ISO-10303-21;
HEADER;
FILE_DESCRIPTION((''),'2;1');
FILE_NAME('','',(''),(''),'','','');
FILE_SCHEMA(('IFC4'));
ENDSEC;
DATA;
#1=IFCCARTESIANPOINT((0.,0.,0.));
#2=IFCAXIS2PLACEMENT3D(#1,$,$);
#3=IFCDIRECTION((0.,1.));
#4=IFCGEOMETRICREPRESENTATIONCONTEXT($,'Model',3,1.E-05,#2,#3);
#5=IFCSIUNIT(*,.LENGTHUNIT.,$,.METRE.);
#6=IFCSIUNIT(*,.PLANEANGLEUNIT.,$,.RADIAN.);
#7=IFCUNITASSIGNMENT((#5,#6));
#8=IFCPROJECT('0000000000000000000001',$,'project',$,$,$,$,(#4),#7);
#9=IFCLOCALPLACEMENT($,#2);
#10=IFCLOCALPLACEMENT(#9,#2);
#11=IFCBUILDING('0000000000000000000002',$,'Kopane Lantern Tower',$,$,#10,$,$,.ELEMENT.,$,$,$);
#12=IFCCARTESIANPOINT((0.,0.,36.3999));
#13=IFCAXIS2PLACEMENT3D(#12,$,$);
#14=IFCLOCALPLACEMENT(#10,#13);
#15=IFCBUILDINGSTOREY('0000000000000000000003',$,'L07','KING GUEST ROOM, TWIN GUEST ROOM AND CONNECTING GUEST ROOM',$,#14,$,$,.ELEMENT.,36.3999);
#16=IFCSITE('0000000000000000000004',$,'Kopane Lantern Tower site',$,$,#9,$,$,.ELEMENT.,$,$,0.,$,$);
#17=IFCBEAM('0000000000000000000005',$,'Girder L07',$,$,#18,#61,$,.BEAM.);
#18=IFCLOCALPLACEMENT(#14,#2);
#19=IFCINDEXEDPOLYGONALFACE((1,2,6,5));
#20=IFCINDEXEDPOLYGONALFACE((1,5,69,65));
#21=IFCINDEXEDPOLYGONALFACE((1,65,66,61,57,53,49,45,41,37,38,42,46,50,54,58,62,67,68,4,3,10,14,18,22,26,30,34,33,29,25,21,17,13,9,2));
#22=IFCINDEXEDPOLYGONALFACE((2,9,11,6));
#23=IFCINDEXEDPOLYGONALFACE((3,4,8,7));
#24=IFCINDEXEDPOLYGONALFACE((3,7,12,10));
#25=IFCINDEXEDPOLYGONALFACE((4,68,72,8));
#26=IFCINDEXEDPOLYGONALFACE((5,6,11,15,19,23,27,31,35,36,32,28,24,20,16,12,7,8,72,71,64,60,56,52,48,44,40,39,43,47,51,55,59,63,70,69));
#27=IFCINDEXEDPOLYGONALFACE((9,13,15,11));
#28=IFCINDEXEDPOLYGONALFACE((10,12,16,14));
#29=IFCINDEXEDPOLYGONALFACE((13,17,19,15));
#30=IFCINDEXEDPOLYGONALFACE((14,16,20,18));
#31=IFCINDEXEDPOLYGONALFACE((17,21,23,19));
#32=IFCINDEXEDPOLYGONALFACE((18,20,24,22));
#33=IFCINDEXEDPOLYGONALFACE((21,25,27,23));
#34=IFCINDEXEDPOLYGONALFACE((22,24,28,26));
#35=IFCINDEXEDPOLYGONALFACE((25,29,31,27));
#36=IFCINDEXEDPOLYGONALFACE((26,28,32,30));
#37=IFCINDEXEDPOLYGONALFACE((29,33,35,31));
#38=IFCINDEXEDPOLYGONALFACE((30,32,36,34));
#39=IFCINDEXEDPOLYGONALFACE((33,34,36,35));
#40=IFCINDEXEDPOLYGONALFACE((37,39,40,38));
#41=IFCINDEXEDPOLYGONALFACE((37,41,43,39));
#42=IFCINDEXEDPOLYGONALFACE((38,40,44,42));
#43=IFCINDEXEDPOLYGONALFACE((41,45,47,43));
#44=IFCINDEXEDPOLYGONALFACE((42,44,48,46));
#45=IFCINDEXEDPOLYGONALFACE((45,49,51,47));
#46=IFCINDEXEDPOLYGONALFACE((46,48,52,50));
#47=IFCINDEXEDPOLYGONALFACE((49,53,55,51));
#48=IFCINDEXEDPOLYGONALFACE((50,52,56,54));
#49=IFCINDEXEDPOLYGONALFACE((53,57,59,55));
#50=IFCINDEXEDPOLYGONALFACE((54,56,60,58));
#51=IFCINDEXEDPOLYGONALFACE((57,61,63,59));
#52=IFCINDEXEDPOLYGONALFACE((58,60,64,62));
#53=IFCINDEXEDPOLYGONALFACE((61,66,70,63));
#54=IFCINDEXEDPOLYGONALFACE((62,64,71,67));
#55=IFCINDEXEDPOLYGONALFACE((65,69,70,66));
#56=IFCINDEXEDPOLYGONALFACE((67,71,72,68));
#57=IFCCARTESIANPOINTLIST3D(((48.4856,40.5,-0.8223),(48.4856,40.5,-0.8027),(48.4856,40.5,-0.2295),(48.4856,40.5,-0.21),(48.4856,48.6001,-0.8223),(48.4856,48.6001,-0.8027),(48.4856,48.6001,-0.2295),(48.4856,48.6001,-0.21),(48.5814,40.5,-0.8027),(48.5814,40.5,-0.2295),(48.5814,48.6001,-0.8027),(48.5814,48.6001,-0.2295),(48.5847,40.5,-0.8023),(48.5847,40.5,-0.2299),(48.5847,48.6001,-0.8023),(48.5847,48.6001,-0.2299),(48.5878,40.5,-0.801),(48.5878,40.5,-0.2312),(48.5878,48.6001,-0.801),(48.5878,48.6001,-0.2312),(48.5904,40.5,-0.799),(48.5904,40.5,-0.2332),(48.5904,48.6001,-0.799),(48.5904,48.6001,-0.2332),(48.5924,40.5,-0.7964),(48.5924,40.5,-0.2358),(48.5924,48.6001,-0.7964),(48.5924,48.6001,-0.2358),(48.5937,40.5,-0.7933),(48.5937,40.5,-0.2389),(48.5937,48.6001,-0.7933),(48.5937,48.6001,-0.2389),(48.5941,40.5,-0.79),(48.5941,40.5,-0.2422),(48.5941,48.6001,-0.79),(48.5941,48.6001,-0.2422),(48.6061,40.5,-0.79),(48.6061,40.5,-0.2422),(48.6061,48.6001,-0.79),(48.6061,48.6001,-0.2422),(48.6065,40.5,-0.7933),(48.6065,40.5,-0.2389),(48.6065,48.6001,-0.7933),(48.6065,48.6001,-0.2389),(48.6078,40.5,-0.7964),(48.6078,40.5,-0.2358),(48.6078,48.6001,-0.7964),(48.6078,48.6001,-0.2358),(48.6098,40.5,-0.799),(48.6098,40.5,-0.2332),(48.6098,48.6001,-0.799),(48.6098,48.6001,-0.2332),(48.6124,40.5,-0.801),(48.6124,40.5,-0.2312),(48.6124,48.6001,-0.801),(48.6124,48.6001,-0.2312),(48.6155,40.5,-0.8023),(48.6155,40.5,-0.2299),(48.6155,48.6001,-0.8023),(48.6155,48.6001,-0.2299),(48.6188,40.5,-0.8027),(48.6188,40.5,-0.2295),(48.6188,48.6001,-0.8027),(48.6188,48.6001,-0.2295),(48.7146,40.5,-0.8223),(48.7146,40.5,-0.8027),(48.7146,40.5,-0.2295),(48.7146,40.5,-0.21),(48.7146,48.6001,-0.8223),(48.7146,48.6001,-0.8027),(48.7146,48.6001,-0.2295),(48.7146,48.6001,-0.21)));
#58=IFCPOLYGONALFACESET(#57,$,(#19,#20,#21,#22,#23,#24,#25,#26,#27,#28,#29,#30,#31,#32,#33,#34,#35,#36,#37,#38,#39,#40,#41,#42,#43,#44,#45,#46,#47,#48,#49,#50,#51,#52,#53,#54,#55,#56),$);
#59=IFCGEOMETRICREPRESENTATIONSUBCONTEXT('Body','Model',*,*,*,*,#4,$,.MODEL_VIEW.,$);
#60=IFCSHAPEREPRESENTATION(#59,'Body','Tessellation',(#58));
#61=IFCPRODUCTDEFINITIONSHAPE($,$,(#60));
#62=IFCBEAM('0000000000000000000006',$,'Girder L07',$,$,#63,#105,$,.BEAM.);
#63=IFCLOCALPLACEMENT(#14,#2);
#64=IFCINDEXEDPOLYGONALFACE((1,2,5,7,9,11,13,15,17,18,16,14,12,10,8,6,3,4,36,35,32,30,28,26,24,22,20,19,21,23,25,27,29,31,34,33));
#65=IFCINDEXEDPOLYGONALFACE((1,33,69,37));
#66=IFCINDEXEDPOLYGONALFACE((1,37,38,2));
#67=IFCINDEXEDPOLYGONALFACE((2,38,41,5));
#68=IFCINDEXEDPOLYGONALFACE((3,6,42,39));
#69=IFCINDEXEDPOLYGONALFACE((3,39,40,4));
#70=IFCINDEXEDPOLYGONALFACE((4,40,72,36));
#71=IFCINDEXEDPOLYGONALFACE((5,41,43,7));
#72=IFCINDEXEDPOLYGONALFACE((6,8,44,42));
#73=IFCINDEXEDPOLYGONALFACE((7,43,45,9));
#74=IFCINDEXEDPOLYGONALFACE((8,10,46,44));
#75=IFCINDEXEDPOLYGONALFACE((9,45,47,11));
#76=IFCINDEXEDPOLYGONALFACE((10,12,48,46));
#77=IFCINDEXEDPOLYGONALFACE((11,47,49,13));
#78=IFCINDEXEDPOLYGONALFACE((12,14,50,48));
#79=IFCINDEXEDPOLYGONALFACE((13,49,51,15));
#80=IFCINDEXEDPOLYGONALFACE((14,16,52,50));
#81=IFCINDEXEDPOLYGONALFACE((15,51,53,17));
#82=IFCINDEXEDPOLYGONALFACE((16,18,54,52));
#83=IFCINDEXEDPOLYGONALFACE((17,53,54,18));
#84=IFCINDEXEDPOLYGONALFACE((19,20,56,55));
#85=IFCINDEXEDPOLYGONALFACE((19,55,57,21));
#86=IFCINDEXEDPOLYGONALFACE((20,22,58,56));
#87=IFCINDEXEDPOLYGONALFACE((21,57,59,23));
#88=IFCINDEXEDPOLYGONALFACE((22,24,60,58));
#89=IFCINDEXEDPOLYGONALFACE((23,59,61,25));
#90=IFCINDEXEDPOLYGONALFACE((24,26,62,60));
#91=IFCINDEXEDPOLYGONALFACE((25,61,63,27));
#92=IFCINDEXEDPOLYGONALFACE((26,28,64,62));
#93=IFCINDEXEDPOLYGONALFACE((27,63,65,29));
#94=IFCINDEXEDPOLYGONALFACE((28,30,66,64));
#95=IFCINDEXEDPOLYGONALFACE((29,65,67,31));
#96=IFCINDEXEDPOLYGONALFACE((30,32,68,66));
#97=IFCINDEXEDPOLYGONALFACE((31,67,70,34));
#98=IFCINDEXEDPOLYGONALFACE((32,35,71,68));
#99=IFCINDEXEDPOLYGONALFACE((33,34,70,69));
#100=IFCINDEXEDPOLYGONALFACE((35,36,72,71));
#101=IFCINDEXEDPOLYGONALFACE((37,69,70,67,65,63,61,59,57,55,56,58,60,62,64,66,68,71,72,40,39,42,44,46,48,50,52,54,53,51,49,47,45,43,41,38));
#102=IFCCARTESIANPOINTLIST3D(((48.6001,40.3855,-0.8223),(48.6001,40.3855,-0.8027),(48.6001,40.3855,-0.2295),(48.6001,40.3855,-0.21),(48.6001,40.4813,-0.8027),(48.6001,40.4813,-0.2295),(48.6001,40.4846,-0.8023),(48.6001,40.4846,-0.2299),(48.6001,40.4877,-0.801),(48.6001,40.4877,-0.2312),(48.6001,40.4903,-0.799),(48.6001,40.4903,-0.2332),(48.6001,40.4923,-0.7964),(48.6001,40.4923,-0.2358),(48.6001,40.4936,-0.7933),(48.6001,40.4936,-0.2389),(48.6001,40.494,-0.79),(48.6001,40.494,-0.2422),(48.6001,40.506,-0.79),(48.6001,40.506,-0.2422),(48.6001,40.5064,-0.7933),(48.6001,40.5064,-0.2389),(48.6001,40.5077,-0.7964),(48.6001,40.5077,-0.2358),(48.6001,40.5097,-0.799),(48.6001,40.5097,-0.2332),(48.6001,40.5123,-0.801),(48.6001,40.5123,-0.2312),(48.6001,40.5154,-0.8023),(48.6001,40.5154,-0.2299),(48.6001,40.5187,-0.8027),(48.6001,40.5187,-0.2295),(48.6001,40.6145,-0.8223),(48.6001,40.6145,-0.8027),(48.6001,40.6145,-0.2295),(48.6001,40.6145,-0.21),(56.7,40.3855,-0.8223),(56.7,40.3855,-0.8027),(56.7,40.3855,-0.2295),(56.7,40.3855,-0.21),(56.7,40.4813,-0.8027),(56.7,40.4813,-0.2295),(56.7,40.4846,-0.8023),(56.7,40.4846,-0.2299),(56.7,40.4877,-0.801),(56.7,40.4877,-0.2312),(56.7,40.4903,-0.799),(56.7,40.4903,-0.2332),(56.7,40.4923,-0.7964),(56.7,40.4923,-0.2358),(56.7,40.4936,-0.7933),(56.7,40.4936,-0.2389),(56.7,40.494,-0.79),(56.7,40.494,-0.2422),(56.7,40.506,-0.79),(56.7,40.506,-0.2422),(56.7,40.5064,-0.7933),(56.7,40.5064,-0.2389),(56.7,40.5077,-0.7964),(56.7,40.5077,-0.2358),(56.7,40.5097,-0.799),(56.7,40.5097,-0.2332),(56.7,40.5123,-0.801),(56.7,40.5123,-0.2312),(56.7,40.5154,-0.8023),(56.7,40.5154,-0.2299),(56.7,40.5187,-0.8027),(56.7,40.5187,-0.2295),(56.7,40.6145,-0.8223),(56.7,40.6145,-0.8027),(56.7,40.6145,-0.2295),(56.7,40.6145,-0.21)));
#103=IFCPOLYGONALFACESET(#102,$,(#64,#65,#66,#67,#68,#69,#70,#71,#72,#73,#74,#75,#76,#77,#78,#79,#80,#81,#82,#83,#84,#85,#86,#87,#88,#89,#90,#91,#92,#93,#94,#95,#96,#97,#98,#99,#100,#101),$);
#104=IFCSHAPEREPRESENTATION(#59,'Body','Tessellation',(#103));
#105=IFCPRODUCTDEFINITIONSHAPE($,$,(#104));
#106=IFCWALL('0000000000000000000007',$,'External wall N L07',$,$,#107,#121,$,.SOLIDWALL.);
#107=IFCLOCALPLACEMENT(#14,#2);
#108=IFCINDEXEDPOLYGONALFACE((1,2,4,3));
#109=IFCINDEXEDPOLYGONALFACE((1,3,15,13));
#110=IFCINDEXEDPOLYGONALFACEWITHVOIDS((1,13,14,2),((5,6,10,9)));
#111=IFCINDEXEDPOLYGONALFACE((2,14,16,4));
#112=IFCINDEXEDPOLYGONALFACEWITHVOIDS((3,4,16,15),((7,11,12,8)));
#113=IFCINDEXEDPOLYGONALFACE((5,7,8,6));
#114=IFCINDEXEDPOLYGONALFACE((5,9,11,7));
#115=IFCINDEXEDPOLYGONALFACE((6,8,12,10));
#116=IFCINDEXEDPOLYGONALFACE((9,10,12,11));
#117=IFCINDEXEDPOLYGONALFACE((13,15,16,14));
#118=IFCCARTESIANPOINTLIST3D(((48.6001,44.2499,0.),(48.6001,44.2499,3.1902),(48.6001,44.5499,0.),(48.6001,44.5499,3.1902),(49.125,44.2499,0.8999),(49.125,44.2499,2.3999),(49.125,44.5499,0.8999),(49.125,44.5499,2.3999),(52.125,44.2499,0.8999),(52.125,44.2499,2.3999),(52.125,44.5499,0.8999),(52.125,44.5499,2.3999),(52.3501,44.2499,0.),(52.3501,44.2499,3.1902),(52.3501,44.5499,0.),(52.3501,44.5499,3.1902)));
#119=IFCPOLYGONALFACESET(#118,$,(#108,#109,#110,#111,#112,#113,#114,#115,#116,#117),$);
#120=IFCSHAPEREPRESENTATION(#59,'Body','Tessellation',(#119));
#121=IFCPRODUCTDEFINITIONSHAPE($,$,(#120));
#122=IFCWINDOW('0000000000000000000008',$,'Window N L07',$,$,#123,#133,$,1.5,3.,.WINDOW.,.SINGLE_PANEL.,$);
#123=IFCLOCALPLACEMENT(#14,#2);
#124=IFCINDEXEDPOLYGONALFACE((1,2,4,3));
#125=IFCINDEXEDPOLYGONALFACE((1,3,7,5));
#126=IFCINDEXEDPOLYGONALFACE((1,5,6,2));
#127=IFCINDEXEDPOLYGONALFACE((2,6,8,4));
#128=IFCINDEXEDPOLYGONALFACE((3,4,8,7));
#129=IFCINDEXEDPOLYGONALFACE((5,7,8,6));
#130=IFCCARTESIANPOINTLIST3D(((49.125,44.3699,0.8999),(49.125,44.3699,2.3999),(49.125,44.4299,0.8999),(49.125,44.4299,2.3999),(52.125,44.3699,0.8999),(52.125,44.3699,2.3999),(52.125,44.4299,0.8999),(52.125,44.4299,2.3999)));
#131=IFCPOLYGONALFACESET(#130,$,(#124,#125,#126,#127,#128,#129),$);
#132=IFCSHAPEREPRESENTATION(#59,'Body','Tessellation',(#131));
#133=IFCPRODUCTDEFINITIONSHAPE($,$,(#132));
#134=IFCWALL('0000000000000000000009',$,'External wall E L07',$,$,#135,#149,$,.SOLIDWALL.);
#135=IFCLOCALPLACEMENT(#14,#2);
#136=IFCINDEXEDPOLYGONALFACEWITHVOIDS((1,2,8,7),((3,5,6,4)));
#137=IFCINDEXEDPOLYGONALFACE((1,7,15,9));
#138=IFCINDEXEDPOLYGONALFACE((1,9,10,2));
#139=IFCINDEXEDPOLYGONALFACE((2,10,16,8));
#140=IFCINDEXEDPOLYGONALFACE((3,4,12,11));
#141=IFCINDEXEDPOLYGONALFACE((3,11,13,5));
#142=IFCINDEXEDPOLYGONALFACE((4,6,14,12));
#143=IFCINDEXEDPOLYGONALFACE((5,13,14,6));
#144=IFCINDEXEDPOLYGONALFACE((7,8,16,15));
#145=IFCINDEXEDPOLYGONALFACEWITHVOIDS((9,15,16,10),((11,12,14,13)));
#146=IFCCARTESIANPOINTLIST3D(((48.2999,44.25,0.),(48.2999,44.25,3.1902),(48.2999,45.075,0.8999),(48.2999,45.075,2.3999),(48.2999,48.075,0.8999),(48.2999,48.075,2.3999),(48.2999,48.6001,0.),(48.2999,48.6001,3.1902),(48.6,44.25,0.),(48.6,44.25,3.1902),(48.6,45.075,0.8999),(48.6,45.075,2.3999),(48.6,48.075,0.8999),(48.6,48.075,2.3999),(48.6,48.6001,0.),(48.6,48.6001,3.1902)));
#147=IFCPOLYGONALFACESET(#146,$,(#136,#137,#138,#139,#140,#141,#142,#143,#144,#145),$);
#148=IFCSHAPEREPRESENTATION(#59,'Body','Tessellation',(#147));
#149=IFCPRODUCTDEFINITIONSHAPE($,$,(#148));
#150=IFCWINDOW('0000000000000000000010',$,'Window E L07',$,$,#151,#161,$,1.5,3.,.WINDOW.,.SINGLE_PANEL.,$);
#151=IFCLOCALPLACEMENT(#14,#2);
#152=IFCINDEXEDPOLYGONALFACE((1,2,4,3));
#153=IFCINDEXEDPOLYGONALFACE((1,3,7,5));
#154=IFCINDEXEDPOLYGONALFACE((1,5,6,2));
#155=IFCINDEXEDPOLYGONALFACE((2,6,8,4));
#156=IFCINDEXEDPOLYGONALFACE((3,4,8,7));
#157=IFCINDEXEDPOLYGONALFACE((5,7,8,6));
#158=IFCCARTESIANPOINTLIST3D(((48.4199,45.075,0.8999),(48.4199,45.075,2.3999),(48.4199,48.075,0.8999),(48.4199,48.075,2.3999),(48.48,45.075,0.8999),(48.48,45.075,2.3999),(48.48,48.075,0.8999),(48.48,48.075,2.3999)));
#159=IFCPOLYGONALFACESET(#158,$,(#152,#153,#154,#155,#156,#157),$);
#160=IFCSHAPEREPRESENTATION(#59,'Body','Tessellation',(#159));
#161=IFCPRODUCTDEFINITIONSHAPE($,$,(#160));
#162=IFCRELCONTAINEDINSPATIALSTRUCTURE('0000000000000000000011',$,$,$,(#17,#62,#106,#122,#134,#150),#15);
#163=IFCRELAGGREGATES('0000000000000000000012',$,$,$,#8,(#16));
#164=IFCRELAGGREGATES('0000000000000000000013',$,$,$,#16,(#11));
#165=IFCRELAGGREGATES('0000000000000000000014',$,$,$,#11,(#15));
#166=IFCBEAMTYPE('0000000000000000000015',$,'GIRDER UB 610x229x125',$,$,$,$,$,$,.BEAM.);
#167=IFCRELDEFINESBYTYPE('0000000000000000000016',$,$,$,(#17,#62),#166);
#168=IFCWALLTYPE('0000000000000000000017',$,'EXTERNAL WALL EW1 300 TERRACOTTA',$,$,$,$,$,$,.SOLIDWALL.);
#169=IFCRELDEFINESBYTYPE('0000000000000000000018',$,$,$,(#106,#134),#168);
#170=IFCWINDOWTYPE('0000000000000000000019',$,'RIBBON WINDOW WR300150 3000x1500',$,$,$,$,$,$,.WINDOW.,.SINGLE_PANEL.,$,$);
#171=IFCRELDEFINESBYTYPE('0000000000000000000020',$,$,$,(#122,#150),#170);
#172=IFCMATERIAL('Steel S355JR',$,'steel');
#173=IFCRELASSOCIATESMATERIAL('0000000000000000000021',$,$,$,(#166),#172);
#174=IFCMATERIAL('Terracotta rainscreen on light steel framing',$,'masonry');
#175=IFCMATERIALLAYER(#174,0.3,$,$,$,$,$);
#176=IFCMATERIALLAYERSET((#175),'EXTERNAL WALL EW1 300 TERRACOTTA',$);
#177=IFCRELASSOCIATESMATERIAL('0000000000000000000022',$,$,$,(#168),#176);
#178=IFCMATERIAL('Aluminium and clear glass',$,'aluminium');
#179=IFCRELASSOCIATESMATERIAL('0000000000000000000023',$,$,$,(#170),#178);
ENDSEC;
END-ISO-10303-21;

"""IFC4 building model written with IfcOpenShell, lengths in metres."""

from ifc_helpers import new_model, si_unit, direction, frame, frame_2d, origin, origin_2d, place, context, subcontext, project, spatial, rectangle, i_section, extrude, material, layer, layer_set, material_profile, profile_set, type_object, element, fill, save


model = new_model("IFC4")

# Units and contexts
model_context = context("Model", 3, precision=1e-05, world=origin(), true_north=direction((0.0, 1.0)))
body_context = subcontext(model_context, "Body", "Model", "MODEL_VIEW")
ifc_project = project(units=[si_unit("LENGTHUNIT", "METRE"), si_unit("PLANEANGLEUNIT", "RADIAN")], contexts=[model_context])

# Site, building, storey
site_placement = place(None, origin())
site = spatial("IfcSite", under=ifc_project, at=site_placement, Name="Kopane Lantern Tower site", CompositionType="ELEMENT", RefElevation=0.0)
building_placement = place(site_placement, origin())
building = spatial("IfcBuilding", under=site, at=building_placement, Name="Kopane Lantern Tower", CompositionType="ELEMENT")
storey_placement = place(building_placement, frame((0.0, 0.0, 36.3999)))
storey = spatial("IfcBuildingStorey", under=building, at=storey_placement, Name="L07", Description="KING GUEST ROOM, TWIN GUEST ROOM AND CONNECTING GUEST ROOM", CompositionType="ELEMENT", Elevation=36.3999)

# Beams
ifc_material_1 = material(Name="Steel S355JR", Category="steel")
ifc_material_profile_1 = material_profile(ifc_material_1, i_section(OverallWidth=0.229, OverallDepth=0.6123, WebThickness=0.012, FlangeThickness=0.0195, FilletRadius=0.0127, at=origin_2d()), Name="UB 610x229x125")
ifc_profile_set_1 = profile_set([ifc_material_profile_1], Name="Steel S355JR")
beam_type_1 = type_object("IfcBeamType", Name="GIRDER UB 610x229x125", PredefinedType="BEAM", material=ifc_profile_set_1)
beam_1_placement = place(storey_placement, frame((48.6001, 40.5, -0.5161), z_axis=(0.0, 1.0, 0.0), x_axis=(-1.0, 0.0, 0.0)))
element("IfcBeam", 1, at=beam_1_placement, inside=storey, type_object=beam_type_1, Name="Girder L07", PredefinedType="BEAM", context=body_context, shape_type="SweptSolid", body=[
    extrude(i_section(OverallWidth=0.229, OverallDepth=0.6123, WebThickness=0.012, FlangeThickness=0.0195, FilletRadius=0.0127, at=origin_2d()), origin(), (0.0, 0.0, 1.0), 8.1001),
])
beam_2_placement = place(storey_placement, frame((48.6001, 40.5, -0.5161), z_axis=(1.0, 0.0, 0.0), x_axis=(0.0, 1.0, 0.0)))
element("IfcBeam", 2, at=beam_2_placement, inside=storey, type_object=beam_type_1, Name="Girder L07", PredefinedType="BEAM", context=body_context, shape_type="SweptSolid", body=[
    extrude(i_section(OverallWidth=0.229, OverallDepth=0.6123, WebThickness=0.012, FlangeThickness=0.0195, FilletRadius=0.0127, at=origin_2d()), origin(), (0.0, 0.0, 1.0), 8.0999),
])

# Walls, openings, windows
ifc_material_2 = material(Name="Terracotta rainscreen on light steel framing", Category="masonry")
ifc_layer = layer(ifc_material_2, 0.3)
ifc_layer_set = layer_set([ifc_layer], Name="EXTERNAL WALL EW1 300 TERRACOTTA")
wall_type = type_object("IfcWallType", Name="EXTERNAL WALL EW1 300 TERRACOTTA", PredefinedType="SOLIDWALL", material=ifc_layer_set)
wall_1_placement = place(storey_placement, frame((52.3501, 44.3999, 0.0), z_axis=(0.0, 0.0, 1.0), x_axis=(-1.0, 0.0, 0.0)))
wall_1 = element("IfcWall", 3, at=wall_1_placement, inside=storey, type_object=wall_type, Name="External wall N L07", PredefinedType="SOLIDWALL", context=body_context, shape_type="SweptSolid", body=[
    extrude(rectangle(XDim=3.75, YDim=0.3, at=frame_2d((1.875, 0.0))), origin(), (0.0, 0.0, 1.0), 3.1902),
])
opening_1_placement = place(wall_1_placement, frame((0.2251, 0.0, 0.8999)))
opening_1 = element("IfcOpeningElement", 4, at=opening_1_placement, cuts=wall_1, PredefinedType="OPENING", context=body_context, shape_type="SweptSolid", body=[
    extrude(rectangle(XDim=3.0, YDim=1.5, at=frame_2d((1.5, 0.75))), frame((0.0, 0.1599, 0.0), z_axis=(0.0, -1.0, 0.0), x_axis=(1.0, 0.0, 0.0)), (0.0, 0.0, 1.0), 0.3201),
])
ifc_material_3 = material(Name="Aluminium and clear glass", Category="aluminium")
window_type_1 = type_object("IfcWindowType", Name="RIBBON WINDOW WR300150 3000x1500", PartitioningType="SINGLE_PANEL", PredefinedType="WINDOW", material=ifc_material_3)
window_1_placement = place(opening_1_placement, origin())
window_1 = element("IfcWindow", 5, at=window_1_placement, inside=storey, type_object=window_type_1, Name="Window N L07", OverallHeight=1.5, OverallWidth=3.0, PartitioningType="SINGLE_PANEL", PredefinedType="WINDOW", context=body_context, shape_type="SweptSolid", body=[
    extrude(rectangle(XDim=3.0, YDim=1.5, at=frame_2d((1.5, 0.75))), frame((0.0, 0.03, 0.0), z_axis=(0.0, -1.0, 0.0), x_axis=(1.0, 0.0, 0.0)), (0.0, 0.0, 1.0), 0.0601),
])
fill(opening_1, window_1)
wall_2_placement = place(storey_placement, frame((48.45, 44.25, 0.0), z_axis=(0.0, 0.0, 1.0), x_axis=(0.0, 1.0, 0.0)))
wall_2 = element("IfcWall", 6, at=wall_2_placement, inside=storey, type_object=wall_type, Name="External wall E L07", PredefinedType="SOLIDWALL", context=body_context, shape_type="SweptSolid", body=[
    extrude(rectangle(XDim=4.3501, YDim=0.3, at=frame_2d((2.175, 0.0))), origin(), (0.0, 0.0, 1.0), 3.1902),
])
opening_2_placement = place(wall_2_placement, frame((0.825, 0.0, 0.8999)))
opening_2 = element("IfcOpeningElement", 7, at=opening_2_placement, cuts=wall_2, PredefinedType="OPENING", context=body_context, shape_type="SweptSolid", body=[
    extrude(rectangle(XDim=3.0, YDim=1.5, at=frame_2d((1.5, 0.75))), frame((0.0, 0.1599, 0.0), z_axis=(0.0, -1.0, 0.0), x_axis=(1.0, 0.0, 0.0)), (0.0, 0.0, 1.0), 0.3201),
])
window_2_placement = place(opening_2_placement, origin())
window_2 = element("IfcWindow", 8, at=window_2_placement, inside=storey, type_object=window_type_1, Name="Window E L07", OverallHeight=1.5, OverallWidth=3.0, PartitioningType="SINGLE_PANEL", PredefinedType="WINDOW", context=body_context, shape_type="SweptSolid", body=[
    extrude(rectangle(XDim=3.0, YDim=1.5, at=frame_2d((1.5, 0.75))), frame((0.0, 0.03, 0.0), z_axis=(0.0, -1.0, 0.0), x_axis=(1.0, 0.0, 0.0)), (0.0, 0.0, 1.0), 0.0601),
])
fill(opening_2, window_2)

save(model, "model.ifc")
